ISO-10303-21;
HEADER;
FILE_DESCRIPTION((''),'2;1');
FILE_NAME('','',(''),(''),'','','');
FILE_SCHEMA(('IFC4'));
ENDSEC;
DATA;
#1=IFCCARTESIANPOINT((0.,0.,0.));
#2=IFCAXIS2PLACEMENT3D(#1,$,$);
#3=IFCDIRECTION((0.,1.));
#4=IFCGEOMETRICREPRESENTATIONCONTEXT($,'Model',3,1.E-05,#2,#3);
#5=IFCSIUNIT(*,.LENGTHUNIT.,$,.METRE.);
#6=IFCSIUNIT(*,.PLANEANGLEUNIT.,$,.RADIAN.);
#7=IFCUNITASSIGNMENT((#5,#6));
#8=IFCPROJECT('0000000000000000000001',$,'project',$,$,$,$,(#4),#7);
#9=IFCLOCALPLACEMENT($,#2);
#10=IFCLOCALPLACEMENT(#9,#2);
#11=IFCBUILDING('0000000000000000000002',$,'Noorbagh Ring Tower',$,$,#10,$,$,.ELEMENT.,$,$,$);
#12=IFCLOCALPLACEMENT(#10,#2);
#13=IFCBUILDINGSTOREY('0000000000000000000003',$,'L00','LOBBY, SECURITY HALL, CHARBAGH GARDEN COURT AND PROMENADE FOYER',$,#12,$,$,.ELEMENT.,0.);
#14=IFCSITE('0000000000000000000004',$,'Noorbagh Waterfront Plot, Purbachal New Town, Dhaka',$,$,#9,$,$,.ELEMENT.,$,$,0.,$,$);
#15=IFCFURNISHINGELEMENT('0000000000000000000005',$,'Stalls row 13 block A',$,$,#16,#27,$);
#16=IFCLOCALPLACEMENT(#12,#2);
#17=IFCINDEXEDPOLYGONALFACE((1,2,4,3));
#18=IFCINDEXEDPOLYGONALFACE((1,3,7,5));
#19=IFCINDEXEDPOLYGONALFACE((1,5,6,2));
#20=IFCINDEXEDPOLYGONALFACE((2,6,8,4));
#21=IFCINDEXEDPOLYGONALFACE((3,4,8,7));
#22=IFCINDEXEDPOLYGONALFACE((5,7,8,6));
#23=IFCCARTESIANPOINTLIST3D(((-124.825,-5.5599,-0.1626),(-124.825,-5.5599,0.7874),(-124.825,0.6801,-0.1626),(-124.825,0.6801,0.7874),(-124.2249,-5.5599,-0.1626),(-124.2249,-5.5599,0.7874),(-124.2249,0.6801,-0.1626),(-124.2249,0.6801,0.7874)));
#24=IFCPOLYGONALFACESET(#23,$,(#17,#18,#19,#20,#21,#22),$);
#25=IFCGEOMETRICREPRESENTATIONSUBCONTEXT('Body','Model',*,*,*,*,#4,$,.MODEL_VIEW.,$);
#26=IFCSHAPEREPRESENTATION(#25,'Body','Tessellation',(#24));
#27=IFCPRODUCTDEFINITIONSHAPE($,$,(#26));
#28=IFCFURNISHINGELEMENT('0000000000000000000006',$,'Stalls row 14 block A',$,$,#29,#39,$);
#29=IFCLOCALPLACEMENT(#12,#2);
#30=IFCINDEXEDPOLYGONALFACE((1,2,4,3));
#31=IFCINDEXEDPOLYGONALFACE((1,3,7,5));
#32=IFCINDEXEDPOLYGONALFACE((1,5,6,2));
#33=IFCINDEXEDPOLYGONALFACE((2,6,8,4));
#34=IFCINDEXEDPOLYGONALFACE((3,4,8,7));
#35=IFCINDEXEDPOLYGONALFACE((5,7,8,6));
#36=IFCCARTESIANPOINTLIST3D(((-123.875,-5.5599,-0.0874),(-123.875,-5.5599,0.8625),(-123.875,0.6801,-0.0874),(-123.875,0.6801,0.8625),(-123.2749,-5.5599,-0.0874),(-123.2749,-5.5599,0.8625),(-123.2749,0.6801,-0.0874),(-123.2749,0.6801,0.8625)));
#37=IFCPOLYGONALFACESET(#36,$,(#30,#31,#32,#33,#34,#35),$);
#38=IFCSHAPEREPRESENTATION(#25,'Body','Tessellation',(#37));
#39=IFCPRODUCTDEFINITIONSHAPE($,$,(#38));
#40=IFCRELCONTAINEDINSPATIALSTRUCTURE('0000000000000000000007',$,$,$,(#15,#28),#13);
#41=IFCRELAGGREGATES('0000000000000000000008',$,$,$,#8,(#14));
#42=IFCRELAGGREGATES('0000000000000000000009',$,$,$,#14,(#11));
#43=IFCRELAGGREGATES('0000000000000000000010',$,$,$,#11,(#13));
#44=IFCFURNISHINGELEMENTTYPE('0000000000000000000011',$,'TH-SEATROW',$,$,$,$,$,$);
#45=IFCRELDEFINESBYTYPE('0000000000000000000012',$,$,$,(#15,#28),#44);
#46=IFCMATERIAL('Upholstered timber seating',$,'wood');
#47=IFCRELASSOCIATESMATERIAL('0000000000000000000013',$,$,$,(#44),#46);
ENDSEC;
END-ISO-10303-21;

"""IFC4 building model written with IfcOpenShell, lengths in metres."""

from ifc_helpers import new_model, si_unit, direction, frame, origin, origin_2d, place, context, subcontext, project, spatial, rectangle, extrude, material, type_object, element, save


model = new_model("IFC4")

# Units and contexts
model_context = context("Model", 3, precision=1e-05, world=origin(), true_north=direction((0.0, 1.0)))
body_context = subcontext(model_context, "Body", "Model", "MODEL_VIEW")
ifc_project = project(units=[si_unit("LENGTHUNIT", "METRE"), si_unit("PLANEANGLEUNIT", "RADIAN")], contexts=[model_context])

# Site, building, storey
site_placement = place(None, origin())
site = spatial("IfcSite", under=ifc_project, at=site_placement, Name="Noorbagh Waterfront Plot, Purbachal New Town, Dhaka", CompositionType="ELEMENT", RefElevation=0.0)
building_placement = place(site_placement, origin())
building = spatial("IfcBuilding", under=site, at=building_placement, Name="Noorbagh Ring Tower", CompositionType="ELEMENT")
storey_placement = place(building_placement, origin())
storey = spatial("IfcBuildingStorey", under=building, at=storey_placement, Name="L00", Description="LOBBY, SECURITY HALL, CHARBAGH GARDEN COURT AND PROMENADE FOYER", CompositionType="ELEMENT", Elevation=0.0)

# Furnishing elements
ifc_material_1 = material(Name="Upholstered timber seating", Category="wood")
furnishing_element_type = type_object("IfcFurnishingElementType", Name="TH-SEATROW", material=ifc_material_1)
for number, where, z_axis, x_axis, name in (
    (1, (-124.5249, -2.4399, -0.1626), (0.0, 0.0, 1.0), (1.0, 0.0, 0.0), "Stalls row 13 block A"),
    (2, (-123.575, -2.4399, -0.0874), (0.0, 0.0, 1.0), (1.0, 0.0, 0.0), "Stalls row 14 block A"),
):
    element("IfcFurnishingElement", number, at=place(storey_placement, frame(where, z_axis=z_axis, x_axis=x_axis)), inside=storey, type_object=furnishing_element_type, Name=name, context=body_context, shape_type="SweptSolid", body=[
        extrude(rectangle(XDim=0.6001, YDim=6.24, at=origin_2d()), origin(), (0.0, 0.0, 1.0), 0.95),
    ])

save(model, "model.ifc")
